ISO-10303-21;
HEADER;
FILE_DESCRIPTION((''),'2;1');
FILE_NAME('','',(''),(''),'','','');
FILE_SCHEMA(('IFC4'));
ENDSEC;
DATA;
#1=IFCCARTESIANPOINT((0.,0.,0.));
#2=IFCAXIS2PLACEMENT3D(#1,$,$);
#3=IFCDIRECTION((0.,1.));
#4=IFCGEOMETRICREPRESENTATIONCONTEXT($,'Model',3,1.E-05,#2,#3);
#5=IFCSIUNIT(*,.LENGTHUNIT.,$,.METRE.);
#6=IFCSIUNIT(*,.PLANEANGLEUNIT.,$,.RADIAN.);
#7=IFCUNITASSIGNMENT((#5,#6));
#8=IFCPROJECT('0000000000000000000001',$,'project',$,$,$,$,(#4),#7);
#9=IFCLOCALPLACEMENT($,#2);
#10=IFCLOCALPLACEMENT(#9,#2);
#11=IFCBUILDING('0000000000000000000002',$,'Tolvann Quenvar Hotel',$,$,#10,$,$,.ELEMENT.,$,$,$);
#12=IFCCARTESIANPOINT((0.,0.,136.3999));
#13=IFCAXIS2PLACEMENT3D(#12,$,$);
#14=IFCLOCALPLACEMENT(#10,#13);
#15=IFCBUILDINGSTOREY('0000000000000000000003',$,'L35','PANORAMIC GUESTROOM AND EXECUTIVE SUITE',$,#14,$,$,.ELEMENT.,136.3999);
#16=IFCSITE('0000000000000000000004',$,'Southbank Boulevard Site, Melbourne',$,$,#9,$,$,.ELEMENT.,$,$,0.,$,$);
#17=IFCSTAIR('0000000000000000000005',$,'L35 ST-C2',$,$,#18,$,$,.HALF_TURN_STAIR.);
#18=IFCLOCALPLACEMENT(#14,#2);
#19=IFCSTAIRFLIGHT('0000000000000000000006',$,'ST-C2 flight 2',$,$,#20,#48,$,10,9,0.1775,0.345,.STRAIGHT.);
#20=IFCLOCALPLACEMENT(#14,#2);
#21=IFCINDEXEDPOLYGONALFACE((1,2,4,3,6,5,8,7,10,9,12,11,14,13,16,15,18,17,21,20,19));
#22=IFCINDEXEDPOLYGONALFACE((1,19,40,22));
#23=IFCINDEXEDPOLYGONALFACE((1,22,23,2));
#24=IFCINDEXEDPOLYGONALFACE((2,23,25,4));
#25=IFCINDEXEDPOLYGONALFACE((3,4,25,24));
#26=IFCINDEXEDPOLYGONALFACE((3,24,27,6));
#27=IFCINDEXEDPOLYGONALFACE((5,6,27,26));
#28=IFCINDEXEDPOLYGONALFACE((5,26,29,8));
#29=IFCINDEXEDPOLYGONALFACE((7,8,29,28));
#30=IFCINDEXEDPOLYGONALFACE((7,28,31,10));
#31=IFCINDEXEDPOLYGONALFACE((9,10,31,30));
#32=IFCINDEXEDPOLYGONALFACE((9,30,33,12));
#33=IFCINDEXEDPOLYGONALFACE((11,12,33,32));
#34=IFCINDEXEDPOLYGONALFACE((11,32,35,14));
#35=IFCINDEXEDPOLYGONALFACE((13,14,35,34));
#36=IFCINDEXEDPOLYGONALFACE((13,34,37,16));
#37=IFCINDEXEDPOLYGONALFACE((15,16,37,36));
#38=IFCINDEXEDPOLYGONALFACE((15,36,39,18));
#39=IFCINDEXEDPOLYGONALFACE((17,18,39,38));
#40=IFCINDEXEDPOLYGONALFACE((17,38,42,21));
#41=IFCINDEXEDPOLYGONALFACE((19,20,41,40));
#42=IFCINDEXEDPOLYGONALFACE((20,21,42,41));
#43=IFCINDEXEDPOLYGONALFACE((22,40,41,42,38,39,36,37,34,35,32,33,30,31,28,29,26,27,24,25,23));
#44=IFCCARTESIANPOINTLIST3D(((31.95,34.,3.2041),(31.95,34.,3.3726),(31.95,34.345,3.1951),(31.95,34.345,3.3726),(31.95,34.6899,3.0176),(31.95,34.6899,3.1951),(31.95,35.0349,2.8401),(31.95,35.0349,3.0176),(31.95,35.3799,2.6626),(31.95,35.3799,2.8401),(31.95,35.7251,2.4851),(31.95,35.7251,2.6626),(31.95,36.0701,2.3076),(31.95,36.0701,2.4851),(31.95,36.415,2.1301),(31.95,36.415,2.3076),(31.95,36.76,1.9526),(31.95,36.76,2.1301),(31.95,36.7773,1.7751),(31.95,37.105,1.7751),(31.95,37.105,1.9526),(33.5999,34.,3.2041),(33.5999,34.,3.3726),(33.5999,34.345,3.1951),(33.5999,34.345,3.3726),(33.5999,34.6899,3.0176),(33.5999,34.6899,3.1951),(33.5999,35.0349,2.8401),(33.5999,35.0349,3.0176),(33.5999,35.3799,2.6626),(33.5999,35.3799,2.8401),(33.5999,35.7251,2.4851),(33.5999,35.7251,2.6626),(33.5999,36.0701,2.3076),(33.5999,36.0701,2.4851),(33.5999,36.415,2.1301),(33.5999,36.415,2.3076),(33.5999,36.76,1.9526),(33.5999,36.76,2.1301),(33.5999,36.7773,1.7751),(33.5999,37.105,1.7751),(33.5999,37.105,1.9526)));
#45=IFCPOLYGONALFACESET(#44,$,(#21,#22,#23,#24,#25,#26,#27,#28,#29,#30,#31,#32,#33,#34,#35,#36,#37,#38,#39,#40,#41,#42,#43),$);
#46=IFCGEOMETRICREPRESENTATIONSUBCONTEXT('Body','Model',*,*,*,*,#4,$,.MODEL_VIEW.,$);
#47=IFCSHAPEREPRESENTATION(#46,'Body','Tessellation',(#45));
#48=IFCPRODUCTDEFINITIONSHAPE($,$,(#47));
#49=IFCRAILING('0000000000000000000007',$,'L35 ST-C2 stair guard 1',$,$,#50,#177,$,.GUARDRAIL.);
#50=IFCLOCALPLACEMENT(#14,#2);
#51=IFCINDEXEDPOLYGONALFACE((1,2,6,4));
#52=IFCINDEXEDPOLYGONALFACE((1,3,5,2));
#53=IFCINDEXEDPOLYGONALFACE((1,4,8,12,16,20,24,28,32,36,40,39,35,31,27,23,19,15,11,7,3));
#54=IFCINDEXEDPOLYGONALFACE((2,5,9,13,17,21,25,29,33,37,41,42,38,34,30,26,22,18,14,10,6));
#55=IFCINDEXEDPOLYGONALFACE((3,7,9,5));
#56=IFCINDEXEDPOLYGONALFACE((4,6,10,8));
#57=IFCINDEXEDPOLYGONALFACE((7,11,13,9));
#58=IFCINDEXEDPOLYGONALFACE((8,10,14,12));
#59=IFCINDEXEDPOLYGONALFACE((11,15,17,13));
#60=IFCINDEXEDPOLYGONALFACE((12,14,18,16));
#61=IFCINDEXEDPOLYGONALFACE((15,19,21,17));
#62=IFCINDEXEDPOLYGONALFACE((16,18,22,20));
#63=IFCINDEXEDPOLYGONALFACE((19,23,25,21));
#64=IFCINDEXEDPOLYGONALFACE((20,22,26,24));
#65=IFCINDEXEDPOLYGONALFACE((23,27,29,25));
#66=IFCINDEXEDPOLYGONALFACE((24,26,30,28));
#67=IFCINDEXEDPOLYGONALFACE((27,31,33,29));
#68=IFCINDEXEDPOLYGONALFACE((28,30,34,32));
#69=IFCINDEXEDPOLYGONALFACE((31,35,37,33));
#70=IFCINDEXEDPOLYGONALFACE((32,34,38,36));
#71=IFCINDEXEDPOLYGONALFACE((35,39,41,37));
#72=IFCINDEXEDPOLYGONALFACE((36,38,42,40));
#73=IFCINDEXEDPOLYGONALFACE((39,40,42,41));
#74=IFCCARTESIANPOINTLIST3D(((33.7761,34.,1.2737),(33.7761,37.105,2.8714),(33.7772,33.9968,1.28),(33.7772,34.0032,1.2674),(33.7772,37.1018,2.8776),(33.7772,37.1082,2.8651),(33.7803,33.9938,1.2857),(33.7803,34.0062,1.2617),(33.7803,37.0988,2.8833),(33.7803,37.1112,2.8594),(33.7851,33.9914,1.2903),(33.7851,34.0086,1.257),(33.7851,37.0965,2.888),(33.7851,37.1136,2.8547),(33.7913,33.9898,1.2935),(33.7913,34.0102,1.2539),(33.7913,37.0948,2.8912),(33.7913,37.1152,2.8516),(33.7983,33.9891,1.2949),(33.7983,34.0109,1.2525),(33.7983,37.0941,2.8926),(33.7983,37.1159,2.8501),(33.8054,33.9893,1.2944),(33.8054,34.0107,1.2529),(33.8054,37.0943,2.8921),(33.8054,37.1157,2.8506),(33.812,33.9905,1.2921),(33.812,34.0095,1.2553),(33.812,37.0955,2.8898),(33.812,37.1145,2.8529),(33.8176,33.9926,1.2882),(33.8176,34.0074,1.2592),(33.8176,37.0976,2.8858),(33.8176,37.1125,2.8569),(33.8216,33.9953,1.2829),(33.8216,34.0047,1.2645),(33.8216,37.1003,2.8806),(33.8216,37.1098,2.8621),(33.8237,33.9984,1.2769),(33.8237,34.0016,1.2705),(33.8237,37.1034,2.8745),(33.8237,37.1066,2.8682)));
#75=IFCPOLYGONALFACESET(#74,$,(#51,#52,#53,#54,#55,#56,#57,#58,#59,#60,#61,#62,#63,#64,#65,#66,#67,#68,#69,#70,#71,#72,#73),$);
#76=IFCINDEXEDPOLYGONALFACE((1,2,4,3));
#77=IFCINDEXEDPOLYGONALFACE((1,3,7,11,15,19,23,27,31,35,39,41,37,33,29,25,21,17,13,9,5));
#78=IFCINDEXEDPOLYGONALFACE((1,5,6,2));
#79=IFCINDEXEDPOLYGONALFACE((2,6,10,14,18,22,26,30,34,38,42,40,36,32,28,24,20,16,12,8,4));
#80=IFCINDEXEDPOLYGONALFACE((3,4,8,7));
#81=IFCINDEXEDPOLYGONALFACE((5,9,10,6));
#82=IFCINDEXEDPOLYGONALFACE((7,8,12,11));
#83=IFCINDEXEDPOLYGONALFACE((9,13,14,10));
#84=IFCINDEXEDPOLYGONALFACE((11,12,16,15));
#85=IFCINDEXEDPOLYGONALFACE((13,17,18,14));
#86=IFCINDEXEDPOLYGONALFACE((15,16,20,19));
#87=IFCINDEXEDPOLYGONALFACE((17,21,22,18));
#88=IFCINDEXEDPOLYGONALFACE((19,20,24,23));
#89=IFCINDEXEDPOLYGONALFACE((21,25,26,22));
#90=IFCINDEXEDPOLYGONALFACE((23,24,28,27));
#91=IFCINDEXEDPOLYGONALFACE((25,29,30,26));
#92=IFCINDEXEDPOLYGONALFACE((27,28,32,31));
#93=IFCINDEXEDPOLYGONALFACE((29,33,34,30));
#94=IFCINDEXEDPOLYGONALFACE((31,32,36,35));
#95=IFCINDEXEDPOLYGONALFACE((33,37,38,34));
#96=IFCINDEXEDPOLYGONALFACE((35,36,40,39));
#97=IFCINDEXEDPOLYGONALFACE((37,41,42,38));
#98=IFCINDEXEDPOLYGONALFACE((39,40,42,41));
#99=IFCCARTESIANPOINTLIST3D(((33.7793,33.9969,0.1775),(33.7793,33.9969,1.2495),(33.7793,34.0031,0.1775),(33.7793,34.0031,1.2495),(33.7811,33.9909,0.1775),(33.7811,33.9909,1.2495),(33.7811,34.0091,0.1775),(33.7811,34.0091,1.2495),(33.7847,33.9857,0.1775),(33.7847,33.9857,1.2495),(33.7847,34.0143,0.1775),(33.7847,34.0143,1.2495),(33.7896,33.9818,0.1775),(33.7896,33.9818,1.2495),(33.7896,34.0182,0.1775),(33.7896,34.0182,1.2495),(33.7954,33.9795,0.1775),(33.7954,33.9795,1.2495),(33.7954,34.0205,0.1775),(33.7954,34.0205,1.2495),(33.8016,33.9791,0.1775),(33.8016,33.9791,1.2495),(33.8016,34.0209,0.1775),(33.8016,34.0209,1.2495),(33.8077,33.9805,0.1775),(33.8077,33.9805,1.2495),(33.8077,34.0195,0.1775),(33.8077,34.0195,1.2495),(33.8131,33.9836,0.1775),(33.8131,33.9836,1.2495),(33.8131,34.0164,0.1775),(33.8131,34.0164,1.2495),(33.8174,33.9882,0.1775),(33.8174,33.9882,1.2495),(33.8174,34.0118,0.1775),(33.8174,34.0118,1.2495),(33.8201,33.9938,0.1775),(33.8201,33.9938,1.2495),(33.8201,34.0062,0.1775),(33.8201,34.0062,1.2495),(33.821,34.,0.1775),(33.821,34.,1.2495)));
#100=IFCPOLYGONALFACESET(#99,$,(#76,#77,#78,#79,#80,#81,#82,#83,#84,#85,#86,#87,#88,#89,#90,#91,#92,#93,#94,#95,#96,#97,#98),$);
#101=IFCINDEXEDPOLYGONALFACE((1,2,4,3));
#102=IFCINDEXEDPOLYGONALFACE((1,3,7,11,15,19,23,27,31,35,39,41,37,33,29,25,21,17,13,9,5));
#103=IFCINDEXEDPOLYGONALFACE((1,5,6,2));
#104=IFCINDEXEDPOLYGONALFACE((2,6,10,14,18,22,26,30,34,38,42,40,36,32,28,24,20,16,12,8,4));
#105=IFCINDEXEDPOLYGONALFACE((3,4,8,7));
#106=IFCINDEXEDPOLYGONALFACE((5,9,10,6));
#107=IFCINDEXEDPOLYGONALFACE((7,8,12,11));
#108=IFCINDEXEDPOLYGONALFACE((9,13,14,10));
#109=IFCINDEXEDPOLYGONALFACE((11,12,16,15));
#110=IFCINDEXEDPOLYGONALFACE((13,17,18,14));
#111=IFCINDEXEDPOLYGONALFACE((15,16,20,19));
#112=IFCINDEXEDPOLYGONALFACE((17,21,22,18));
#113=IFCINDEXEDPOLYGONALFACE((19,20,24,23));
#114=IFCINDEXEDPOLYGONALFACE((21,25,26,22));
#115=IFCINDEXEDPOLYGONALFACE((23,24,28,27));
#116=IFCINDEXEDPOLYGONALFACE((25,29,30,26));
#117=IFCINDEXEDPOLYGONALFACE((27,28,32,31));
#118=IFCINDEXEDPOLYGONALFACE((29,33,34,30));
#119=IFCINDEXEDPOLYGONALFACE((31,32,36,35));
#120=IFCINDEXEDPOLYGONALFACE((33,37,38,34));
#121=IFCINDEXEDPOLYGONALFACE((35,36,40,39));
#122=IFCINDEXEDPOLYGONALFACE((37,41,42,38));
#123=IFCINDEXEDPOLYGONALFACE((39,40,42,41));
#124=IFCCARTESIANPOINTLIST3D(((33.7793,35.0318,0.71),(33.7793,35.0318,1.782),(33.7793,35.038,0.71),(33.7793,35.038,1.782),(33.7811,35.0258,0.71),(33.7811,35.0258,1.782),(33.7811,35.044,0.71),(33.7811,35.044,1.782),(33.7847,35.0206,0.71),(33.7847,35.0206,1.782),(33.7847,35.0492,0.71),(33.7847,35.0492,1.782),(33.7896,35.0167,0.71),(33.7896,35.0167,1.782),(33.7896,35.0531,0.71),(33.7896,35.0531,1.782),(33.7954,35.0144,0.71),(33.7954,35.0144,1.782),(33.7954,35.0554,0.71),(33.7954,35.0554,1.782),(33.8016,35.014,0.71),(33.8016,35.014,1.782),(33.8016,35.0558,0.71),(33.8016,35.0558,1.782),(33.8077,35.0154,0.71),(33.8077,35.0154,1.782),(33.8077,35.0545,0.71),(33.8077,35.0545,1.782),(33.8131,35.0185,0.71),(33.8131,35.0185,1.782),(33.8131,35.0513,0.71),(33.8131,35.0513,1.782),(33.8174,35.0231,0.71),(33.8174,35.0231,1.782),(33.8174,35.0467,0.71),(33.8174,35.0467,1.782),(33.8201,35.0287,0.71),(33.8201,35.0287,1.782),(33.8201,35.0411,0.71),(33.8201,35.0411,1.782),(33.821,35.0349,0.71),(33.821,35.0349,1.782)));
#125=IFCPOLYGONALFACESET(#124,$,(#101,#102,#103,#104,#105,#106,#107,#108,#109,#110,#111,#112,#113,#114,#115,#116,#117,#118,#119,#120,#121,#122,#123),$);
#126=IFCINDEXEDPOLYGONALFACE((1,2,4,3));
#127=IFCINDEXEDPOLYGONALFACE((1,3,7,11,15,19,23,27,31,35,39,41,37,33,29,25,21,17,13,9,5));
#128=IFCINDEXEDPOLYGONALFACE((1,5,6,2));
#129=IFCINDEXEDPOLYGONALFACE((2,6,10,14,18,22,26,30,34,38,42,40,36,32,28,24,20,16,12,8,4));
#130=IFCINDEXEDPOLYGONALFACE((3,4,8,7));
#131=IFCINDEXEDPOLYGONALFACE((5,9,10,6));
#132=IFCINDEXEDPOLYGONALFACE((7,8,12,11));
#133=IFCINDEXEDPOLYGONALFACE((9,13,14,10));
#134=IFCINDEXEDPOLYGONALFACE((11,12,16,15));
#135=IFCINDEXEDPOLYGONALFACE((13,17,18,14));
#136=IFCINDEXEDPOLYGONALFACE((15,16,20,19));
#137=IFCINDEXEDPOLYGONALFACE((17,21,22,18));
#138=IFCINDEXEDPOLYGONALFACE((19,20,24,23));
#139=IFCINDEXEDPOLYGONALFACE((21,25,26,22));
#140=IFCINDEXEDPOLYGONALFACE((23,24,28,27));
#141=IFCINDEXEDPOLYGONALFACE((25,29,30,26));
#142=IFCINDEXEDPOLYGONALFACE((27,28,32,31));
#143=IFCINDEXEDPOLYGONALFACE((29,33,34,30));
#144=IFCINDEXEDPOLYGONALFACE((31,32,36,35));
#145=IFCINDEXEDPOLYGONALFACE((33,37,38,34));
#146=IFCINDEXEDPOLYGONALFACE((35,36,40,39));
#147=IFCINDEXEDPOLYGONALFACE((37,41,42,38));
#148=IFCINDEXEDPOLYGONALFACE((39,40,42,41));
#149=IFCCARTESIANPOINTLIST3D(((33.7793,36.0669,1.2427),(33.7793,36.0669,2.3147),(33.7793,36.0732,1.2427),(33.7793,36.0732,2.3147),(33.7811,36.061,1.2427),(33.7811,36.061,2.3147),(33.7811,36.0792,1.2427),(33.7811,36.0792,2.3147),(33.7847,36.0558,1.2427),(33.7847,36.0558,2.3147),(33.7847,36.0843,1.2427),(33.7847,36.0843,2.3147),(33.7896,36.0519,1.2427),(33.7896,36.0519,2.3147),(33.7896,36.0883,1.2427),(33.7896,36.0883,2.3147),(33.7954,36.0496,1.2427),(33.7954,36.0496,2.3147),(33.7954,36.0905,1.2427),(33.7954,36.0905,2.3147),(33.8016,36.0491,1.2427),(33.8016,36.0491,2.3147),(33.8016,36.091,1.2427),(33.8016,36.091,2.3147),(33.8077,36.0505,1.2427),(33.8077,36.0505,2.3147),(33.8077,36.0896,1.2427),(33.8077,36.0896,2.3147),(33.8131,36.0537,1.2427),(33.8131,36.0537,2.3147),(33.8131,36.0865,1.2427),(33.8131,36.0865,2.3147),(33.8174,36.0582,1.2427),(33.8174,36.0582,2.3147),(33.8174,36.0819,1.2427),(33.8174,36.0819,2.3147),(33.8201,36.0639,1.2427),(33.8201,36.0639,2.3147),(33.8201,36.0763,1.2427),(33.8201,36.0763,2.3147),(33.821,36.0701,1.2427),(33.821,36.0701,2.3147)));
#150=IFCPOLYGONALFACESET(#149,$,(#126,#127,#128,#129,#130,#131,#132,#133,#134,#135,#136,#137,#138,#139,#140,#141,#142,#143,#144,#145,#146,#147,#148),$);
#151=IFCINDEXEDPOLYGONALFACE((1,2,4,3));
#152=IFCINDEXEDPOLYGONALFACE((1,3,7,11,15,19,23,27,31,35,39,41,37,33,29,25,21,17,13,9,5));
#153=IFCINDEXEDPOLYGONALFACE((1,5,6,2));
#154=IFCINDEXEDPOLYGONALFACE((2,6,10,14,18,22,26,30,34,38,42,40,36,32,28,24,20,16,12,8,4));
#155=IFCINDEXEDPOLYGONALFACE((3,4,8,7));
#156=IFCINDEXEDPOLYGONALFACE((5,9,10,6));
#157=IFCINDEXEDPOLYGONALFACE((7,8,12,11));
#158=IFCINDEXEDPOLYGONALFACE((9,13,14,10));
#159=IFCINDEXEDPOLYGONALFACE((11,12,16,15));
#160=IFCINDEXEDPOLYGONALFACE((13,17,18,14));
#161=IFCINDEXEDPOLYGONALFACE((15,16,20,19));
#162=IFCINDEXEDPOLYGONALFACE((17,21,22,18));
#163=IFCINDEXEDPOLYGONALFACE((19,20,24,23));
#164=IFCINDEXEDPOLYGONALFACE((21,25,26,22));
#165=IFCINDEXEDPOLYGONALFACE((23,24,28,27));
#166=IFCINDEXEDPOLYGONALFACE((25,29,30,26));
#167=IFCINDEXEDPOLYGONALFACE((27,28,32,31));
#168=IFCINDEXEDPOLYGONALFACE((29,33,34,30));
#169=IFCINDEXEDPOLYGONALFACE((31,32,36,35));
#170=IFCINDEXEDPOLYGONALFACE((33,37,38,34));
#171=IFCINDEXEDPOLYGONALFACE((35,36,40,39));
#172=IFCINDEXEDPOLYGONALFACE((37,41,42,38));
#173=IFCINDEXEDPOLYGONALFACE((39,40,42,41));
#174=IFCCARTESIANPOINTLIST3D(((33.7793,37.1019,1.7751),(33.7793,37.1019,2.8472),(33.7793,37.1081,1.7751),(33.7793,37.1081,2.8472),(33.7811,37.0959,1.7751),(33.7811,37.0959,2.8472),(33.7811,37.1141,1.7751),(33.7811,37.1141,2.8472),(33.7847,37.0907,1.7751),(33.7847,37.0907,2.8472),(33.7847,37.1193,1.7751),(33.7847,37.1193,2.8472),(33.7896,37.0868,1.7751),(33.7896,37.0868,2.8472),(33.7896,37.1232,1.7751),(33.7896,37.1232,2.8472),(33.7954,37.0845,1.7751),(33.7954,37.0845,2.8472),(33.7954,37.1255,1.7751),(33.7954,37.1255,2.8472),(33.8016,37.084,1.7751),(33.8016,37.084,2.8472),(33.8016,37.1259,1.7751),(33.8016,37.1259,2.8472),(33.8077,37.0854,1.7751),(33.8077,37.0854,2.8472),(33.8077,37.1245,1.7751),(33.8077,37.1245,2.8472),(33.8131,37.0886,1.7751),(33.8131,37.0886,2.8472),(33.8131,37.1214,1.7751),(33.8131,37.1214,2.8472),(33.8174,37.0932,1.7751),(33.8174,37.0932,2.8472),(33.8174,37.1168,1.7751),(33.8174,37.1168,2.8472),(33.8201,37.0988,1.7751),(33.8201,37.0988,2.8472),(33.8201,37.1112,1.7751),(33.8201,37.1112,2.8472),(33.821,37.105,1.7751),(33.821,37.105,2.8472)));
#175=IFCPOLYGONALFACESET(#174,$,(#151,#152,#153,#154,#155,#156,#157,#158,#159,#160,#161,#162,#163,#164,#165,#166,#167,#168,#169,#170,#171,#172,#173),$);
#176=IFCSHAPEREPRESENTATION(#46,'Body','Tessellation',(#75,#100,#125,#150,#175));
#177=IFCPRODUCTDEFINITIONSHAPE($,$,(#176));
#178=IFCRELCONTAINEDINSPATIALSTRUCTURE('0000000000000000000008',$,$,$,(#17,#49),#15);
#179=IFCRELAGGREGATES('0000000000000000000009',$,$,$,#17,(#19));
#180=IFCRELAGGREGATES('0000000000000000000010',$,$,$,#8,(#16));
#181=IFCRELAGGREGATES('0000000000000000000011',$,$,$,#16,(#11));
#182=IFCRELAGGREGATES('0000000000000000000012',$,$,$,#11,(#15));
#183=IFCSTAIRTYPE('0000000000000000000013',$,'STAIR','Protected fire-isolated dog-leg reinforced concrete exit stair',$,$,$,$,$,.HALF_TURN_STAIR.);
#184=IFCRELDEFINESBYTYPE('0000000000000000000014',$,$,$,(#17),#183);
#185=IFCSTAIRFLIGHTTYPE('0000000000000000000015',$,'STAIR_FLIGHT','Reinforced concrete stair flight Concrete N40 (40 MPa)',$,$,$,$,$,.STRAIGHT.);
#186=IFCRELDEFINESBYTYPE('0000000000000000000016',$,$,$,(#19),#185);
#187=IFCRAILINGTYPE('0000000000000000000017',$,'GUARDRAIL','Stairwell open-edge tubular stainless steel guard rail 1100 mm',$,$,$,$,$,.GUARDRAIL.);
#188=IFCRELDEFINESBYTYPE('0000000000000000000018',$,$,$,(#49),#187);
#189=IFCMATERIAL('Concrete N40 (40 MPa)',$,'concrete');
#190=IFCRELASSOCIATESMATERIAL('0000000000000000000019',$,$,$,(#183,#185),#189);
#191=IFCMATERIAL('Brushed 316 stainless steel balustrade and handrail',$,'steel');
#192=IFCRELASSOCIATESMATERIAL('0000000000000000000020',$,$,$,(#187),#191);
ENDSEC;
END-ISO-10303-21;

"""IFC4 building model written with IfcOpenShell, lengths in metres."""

from ifc_helpers import new_model, si_unit, direction, frame, origin, origin_2d, place, context, subcontext, project, spatial, polyline, circle, outline, extrude, material, type_object, element, aggregate, save


model = new_model("IFC4")

# Units and contexts
model_context = context("Model", 3, precision=1e-05, world=origin(), true_north=direction((0.0, 1.0)))
body_context = subcontext(model_context, "Body", "Model", "MODEL_VIEW")
ifc_project = project(units=[si_unit("LENGTHUNIT", "METRE"), si_unit("PLANEANGLEUNIT", "RADIAN")], contexts=[model_context])

# Site, building, storey
site_placement = place(None, origin())
site = spatial("IfcSite", under=ifc_project, at=site_placement, Name="Southbank Boulevard Site, Melbourne", CompositionType="ELEMENT", RefElevation=0.0)
building_placement = place(site_placement, origin())
building = spatial("IfcBuilding", under=site, at=building_placement, Name="Tolvann Quenvar Hotel", CompositionType="ELEMENT")
storey_placement = place(building_placement, frame((0.0, 0.0, 136.3999)))
storey = spatial("IfcBuildingStorey", under=building, at=storey_placement, Name="L35", Description="PANORAMIC GUESTROOM AND EXECUTIVE SUITE", CompositionType="ELEMENT", Elevation=136.3999)

# Shared definitions
ifc_material_1 = material(Name="Concrete N40 (40 MPa)", Category="concrete")

# Stair, stair flight
stair_type = type_object("IfcStairType", Name="STAIR", Description="Protected fire-isolated dog-leg reinforced concrete exit stair", PredefinedType="HALF_TURN_STAIR", material=ifc_material_1)
stair_placement = place(storey_placement, origin())
stair = element("IfcStair", 1, at=stair_placement, inside=storey, type_object=stair_type, Name="L35 ST-C2", PredefinedType="HALF_TURN_STAIR")
stair_flight_type = type_object("IfcStairFlightType", Name="STAIR_FLIGHT", Description="Reinforced concrete stair flight Concrete N40 (40 MPa)", PredefinedType="STRAIGHT", material=ifc_material_1)
stair_flight_1_placement = place(storey_placement, frame((32.7749, 37.105, 1.7751), z_axis=(0.0, 0.0, 1.0), x_axis=(0.0, -1.0, 0.0)))
stair_flight_1 = element("IfcStairFlight", 2, at=stair_flight_1_placement, type_object=stair_flight_type, Name="ST-C2 flight 2", NumberOfRisers=10, NumberOfTreads=9, PredefinedType="STRAIGHT", RiserHeight=0.1775, TreadLength=0.345, context=body_context, shape_type="SweptSolid", body=[
    extrude(outline(polyline([(0.0, 0.0), (0.0, 0.1775), (0.345, 0.1775), (0.345, 0.355), (0.6899, 0.355), (0.6899, 0.5325), (1.0349, 0.5325), (1.0349, 0.71), (1.3799, 0.71), (1.3799, 0.8875), (1.7251, 0.8875), (1.7251, 1.0649), (2.0701, 1.0649), (2.0701, 1.2424), (2.415, 1.2424), (2.415, 1.4199), (2.76, 1.4199), (2.76, 1.5974), (3.105, 1.5974), (3.105, 1.7749), (3.105, 1.429), (0.3276, 0.0), (0.0, 0.0)])), frame((0.0, 0.825, 0.0), z_axis=(0.0, -1.0, 0.0), x_axis=(1.0, 0.0, 0.0)), (0.0, 0.0, 1.0), 1.6499),
])
aggregate(stair, [stair_flight_1])

# Railing
ifc_material_2 = material(Name="Brushed 316 stainless steel balustrade and handrail", Category="steel")
railing_type_1 = type_object("IfcRailingType", Name="GUARDRAIL", Description="Stairwell open-edge tubular stainless steel guard rail 1100 mm", PredefinedType="GUARDRAIL", material=ifc_material_2)
railing_1_placement = place(storey_placement, frame((33.8, 34.0, 0.1775)))
element("IfcRailing", 3, at=railing_1_placement, inside=storey, type_object=railing_type_1, Name="L35 ST-C2 stair guard 1", PredefinedType="GUARDRAIL", context=body_context, shape_type="SweptSolid", body=[
    extrude(circle(Radius=0.0239, at=origin_2d()), frame((0.0, 0.0, 1.0962), z_axis=(0.0, 0.889194, 0.457531), x_axis=(-1.0, 0.0, 0.0)), (0.0, 0.0, 1.0), 3.4919),
    extrude(circle(Radius=0.021, at=origin_2d()), origin(), (0.0, 0.0, 1.0), 1.072),
    extrude(circle(Radius=0.021, at=origin_2d()), frame((0.0, 1.0349, 0.5325)), (0.0, 0.0, 1.0), 1.072),
    extrude(circle(Radius=0.021, at=origin_2d()), frame((0.0, 2.0701, 1.0652)), (0.0, 0.0, 1.0), 1.072),
    extrude(circle(Radius=0.021, at=origin_2d()), frame((0.0, 3.105, 1.5977)), (0.0, 0.0, 1.0), 1.072),
])

save(model, "model.ifc")
